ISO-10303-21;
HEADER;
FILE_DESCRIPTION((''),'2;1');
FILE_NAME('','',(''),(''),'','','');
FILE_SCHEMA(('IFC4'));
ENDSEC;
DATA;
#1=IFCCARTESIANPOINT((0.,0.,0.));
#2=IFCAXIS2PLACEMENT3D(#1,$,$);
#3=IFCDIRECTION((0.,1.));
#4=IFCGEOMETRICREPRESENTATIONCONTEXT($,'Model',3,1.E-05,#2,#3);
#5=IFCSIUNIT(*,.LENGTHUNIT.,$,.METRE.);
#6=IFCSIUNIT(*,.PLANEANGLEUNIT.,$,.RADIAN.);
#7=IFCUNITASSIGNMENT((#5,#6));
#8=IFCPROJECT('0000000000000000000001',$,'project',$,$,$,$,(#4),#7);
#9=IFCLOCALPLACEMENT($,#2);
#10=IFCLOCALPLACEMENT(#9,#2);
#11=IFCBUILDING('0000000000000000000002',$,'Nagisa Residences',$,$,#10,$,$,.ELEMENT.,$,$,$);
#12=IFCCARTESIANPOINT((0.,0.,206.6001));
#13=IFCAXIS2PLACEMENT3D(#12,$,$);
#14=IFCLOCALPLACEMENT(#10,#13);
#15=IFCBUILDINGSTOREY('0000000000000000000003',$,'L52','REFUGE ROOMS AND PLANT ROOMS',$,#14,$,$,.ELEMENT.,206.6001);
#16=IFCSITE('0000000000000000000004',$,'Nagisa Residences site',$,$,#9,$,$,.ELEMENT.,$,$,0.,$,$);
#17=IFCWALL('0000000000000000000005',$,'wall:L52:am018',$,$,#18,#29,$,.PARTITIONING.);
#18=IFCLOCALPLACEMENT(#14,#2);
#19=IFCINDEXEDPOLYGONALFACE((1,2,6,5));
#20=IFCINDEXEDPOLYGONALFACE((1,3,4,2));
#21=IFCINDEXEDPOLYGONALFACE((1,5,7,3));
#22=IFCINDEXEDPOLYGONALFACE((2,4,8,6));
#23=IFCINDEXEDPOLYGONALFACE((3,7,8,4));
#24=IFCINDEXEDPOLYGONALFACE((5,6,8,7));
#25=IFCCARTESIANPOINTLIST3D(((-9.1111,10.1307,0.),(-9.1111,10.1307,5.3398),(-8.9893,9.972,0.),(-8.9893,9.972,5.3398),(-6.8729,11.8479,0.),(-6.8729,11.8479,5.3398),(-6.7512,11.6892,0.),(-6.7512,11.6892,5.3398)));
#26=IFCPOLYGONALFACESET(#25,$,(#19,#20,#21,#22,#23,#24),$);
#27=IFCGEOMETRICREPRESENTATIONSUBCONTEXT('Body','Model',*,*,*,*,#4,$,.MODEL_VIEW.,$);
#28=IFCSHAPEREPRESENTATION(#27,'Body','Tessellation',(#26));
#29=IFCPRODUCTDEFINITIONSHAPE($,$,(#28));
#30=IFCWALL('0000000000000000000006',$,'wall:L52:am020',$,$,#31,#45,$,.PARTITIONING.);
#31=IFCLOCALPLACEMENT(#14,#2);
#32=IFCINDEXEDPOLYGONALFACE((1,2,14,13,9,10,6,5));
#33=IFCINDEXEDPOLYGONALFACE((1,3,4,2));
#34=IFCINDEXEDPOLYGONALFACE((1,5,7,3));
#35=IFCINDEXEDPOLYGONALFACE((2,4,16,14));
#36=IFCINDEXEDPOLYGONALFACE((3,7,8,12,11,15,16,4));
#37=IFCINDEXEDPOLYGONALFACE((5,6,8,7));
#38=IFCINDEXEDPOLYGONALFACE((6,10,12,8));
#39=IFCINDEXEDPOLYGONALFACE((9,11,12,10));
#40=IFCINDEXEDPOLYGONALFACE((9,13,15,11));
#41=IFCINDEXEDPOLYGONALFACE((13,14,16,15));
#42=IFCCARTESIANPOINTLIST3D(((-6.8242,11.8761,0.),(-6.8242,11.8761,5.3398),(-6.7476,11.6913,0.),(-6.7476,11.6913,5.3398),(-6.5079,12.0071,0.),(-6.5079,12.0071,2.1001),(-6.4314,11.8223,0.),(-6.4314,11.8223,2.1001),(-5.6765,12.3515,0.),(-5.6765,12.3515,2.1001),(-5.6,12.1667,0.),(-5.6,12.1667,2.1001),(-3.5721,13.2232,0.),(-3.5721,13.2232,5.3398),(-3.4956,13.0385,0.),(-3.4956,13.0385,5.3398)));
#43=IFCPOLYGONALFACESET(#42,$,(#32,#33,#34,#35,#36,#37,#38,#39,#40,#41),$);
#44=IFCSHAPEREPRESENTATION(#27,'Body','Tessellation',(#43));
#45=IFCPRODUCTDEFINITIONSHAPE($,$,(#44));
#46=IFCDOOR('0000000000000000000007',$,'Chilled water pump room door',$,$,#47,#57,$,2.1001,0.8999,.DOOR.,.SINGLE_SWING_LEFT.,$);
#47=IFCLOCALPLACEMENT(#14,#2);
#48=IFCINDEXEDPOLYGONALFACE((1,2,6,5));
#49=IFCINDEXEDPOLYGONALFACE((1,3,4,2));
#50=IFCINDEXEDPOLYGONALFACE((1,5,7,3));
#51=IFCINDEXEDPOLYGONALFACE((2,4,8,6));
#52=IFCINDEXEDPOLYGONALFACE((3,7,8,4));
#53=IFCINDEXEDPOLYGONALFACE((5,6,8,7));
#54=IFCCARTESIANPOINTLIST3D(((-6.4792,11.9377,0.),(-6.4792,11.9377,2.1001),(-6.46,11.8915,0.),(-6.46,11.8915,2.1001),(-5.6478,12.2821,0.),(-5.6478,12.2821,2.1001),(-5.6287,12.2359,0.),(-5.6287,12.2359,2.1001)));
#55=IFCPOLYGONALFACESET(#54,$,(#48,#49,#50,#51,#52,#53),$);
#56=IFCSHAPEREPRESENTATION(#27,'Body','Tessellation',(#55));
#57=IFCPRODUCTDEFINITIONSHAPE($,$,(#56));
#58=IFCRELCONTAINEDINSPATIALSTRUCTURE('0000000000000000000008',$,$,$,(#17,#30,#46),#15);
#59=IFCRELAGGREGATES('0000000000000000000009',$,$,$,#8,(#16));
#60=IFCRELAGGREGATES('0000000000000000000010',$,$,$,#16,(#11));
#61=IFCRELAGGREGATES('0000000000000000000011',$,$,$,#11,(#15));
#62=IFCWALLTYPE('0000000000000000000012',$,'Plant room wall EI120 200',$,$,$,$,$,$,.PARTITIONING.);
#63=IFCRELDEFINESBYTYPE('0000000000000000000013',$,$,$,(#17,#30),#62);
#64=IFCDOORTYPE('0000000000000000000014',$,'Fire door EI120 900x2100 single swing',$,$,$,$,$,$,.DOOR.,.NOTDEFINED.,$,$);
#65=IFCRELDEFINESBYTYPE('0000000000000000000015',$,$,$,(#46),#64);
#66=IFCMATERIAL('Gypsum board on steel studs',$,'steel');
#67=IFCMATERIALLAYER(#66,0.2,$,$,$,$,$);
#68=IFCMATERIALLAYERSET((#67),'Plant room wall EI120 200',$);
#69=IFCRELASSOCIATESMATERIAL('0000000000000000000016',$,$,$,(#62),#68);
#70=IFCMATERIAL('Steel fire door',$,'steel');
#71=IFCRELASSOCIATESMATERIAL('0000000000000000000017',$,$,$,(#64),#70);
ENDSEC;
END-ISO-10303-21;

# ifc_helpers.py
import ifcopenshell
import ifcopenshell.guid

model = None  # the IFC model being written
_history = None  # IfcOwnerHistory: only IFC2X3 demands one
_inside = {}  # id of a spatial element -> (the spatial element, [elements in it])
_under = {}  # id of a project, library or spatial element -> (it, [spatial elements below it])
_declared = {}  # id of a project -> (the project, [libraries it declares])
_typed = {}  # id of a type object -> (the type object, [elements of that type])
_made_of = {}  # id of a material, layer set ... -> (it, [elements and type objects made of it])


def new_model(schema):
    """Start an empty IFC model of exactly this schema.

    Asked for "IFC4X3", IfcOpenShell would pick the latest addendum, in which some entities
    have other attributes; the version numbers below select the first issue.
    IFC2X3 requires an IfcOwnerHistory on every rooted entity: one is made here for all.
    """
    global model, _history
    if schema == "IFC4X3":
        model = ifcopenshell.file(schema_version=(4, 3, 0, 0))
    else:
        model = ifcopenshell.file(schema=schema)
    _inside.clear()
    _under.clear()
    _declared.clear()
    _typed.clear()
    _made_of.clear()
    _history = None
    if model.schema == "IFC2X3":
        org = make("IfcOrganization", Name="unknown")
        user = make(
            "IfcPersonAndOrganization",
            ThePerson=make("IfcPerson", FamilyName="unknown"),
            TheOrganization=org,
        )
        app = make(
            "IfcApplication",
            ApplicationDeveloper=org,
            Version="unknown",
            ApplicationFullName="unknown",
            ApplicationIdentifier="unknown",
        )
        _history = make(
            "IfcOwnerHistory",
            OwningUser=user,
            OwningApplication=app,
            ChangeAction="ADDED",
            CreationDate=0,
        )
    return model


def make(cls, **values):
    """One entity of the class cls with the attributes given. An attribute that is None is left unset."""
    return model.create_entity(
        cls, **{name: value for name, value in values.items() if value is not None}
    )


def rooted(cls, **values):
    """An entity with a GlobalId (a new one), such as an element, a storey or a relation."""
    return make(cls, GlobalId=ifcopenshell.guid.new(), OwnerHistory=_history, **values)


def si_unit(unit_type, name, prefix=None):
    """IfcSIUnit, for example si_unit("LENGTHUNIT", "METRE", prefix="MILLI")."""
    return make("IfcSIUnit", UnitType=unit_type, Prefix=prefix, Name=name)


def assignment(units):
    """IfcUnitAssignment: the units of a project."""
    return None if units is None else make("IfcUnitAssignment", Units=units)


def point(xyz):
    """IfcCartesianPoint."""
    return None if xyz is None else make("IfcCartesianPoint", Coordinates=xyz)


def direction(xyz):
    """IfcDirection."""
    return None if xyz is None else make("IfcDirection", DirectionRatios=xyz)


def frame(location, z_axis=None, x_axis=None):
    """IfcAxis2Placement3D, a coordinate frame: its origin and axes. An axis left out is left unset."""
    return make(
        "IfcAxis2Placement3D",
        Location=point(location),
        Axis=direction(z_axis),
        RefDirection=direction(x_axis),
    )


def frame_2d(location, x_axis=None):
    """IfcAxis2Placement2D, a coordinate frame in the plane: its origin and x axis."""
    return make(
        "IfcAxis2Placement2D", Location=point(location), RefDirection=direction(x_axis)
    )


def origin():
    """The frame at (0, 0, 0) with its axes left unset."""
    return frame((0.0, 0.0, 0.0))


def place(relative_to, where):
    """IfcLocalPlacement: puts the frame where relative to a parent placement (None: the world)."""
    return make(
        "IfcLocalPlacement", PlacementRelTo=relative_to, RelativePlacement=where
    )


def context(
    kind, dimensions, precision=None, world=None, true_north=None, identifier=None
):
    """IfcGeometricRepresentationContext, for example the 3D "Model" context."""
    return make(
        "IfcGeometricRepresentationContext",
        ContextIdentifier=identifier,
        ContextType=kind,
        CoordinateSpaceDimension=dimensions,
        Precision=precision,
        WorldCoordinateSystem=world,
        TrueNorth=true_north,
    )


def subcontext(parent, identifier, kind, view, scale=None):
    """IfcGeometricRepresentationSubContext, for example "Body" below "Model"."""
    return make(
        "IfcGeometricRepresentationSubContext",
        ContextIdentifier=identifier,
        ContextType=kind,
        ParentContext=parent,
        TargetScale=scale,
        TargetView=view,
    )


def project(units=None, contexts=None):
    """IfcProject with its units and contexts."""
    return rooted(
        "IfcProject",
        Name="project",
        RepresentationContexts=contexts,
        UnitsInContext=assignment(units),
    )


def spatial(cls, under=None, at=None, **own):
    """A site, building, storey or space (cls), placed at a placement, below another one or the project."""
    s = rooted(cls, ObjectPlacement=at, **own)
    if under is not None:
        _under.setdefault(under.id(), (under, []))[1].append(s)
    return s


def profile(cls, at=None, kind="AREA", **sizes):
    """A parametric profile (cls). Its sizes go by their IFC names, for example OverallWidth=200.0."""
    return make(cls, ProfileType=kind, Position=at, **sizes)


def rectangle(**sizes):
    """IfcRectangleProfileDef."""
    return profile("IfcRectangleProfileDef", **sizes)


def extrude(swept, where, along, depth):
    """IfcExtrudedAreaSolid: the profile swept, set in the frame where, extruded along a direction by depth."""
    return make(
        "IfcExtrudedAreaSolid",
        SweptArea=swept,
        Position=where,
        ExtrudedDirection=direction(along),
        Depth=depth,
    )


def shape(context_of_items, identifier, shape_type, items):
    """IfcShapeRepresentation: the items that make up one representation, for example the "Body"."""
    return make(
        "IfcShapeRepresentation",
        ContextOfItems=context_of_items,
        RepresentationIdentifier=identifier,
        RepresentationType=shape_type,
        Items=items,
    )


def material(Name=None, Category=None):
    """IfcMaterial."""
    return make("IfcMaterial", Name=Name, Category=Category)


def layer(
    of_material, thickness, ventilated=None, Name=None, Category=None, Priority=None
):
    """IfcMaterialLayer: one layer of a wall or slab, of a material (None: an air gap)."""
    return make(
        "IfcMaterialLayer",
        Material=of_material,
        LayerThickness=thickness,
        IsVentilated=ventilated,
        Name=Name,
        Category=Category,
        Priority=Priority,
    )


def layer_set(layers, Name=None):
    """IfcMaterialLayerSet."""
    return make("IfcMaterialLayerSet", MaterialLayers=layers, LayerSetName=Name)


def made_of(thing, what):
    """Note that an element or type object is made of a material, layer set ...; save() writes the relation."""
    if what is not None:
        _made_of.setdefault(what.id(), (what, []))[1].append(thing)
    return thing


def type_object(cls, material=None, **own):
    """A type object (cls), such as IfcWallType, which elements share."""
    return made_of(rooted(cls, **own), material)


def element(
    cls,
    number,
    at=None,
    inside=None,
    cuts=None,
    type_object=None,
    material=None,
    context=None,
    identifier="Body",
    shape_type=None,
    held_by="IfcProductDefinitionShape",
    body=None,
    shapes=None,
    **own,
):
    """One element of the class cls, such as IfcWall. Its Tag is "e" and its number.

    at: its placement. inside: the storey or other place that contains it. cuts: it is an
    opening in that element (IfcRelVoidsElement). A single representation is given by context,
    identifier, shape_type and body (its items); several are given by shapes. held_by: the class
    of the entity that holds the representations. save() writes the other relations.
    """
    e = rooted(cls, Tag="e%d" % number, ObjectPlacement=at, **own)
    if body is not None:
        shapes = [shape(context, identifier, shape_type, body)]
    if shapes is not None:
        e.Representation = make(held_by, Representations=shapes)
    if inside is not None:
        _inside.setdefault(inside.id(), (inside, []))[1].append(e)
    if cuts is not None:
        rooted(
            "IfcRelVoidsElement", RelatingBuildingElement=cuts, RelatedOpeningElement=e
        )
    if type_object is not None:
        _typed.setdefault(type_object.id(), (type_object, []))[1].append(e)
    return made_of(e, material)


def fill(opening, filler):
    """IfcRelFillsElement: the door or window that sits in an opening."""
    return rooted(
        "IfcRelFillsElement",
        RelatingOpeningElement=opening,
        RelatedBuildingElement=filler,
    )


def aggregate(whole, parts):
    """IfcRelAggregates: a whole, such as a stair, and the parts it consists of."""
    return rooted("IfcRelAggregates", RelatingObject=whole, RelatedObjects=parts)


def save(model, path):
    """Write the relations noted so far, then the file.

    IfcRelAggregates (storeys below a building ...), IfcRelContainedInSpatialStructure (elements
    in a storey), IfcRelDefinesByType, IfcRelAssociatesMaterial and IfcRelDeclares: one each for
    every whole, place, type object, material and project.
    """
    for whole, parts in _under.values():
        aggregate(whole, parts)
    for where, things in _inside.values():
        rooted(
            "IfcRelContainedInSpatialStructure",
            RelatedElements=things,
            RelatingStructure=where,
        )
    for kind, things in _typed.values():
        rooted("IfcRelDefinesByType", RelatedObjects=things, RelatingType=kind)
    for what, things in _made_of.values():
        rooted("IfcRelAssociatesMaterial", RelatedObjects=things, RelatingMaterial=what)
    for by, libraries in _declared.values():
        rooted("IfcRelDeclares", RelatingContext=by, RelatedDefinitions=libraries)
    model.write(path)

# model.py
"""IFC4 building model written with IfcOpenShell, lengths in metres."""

from ifc_helpers import new_model, si_unit, direction, frame, frame_2d, origin, place, context, subcontext, project, spatial, rectangle, extrude, material, layer, layer_set, type_object, element, fill, save


model = new_model("IFC4")

# Units and contexts
model_context = context("Model", 3, precision=1e-05, world=origin(), true_north=direction((0.0, 1.0)))
body_context = subcontext(model_context, "Body", "Model", "MODEL_VIEW")
ifc_project = project(units=[si_unit("LENGTHUNIT", "METRE"), si_unit("PLANEANGLEUNIT", "RADIAN")], contexts=[model_context])

# Site, building, storey
site_placement = place(None, origin())
site = spatial("IfcSite", under=ifc_project, at=site_placement, Name="Nagisa Residences site", CompositionType="ELEMENT", RefElevation=0.0)
building_placement = place(site_placement, origin())
building = spatial("IfcBuilding", under=site, at=building_placement, Name="Nagisa Residences", CompositionType="ELEMENT")
storey_placement = place(building_placement, frame((0.0, 0.0, 206.6001)))
storey = spatial("IfcBuildingStorey", under=building, at=storey_placement, Name="L52", Description="REFUGE ROOMS AND PLANT ROOMS", CompositionType="ELEMENT", Elevation=206.6001)

# Shared definitions
ifc_material_1 = material(Name="Gypsum board on steel studs", Category="steel")
ifc_layer_1 = layer(ifc_material_1, 0.2)
ifc_layer_set_1 = layer_set([ifc_layer_1], Name="Plant room wall EI120 200")
wall_type_1 = type_object("IfcWallType", Name="Plant room wall EI120 200", PredefinedType="PARTITIONING", material=ifc_layer_set_1)

# Wall
wall_1_placement = place(storey_placement, frame((-9.0503, 10.0513, 0.0), z_axis=(0.0, 0.0, 1.0), x_axis=(0.793389, 0.608715, 0.0)))
element("IfcWall", 1, at=wall_1_placement, inside=storey, type_object=wall_type_1, Name="wall:L52:am018", PredefinedType="PARTITIONING", context=body_context, shape_type="SweptSolid", body=[
    extrude(rectangle(XDim=2.821, YDim=0.2, at=frame_2d((1.4106, 0.0))), origin(), (0.0, 0.0, 1.0), 5.3398),
])

# Wall, opening, door
wall_2_placement = place(storey_placement, frame((-6.7859, 11.7837, 0.0), z_axis=(0.0, 0.0, 1.0), x_axis=(0.923863, 0.382723, 0.0)))
wall_2 = element("IfcWall", 2, at=wall_2_placement, inside=storey, type_object=wall_type_1, Name="wall:L52:am020", PredefinedType="PARTITIONING", context=body_context, shape_type="SweptSolid", body=[
    extrude(rectangle(XDim=3.52, YDim=0.2, at=frame_2d((1.76, 0.0))), origin(), (0.0, 0.0, 1.0), 5.3398),
])
opening_1_placement = place(wall_2_placement, frame((0.3423, 0.0, 0.0)))
opening_1 = element("IfcOpeningElement", 3, at=opening_1_placement, cuts=wall_2, PredefinedType="OPENING", context=body_context, shape_type="SweptSolid", body=[
    extrude(rectangle(XDim=0.8999, YDim=2.1001, at=frame_2d((0.45, 1.05))), frame((0.0, 0.1099, 0.0), z_axis=(0.0, -1.0, 0.0), x_axis=(1.0, 0.0, 0.0)), (0.0, 0.0, 1.0), 0.22),
])
ifc_material_2 = material(Name="Steel fire door", Category="steel")
door_type_1 = type_object("IfcDoorType", Name="Fire door EI120 900x2100 single swing", OperationType="NOTDEFINED", PredefinedType="DOOR", material=ifc_material_2)
door_1_placement = place(opening_1_placement, origin())
door_1 = element("IfcDoor", 4, at=door_1_placement, inside=storey, type_object=door_type_1, Name="Chilled water pump room door", OperationType="SINGLE_SWING_LEFT", OverallHeight=2.1001, OverallWidth=0.8999, PredefinedType="DOOR", context=body_context, shape_type="SweptSolid", body=[
    extrude(rectangle(XDim=0.8999, YDim=2.1001, at=frame_2d((0.45, 1.05))), frame((0.0, 0.0249, 0.0), z_axis=(0.0, -1.0, 0.0), x_axis=(1.0, 0.0, 0.0)), (0.0, 0.0, 1.0), 0.05),
])
fill(opening_1, door_1)

save(model, "model.ifc")
